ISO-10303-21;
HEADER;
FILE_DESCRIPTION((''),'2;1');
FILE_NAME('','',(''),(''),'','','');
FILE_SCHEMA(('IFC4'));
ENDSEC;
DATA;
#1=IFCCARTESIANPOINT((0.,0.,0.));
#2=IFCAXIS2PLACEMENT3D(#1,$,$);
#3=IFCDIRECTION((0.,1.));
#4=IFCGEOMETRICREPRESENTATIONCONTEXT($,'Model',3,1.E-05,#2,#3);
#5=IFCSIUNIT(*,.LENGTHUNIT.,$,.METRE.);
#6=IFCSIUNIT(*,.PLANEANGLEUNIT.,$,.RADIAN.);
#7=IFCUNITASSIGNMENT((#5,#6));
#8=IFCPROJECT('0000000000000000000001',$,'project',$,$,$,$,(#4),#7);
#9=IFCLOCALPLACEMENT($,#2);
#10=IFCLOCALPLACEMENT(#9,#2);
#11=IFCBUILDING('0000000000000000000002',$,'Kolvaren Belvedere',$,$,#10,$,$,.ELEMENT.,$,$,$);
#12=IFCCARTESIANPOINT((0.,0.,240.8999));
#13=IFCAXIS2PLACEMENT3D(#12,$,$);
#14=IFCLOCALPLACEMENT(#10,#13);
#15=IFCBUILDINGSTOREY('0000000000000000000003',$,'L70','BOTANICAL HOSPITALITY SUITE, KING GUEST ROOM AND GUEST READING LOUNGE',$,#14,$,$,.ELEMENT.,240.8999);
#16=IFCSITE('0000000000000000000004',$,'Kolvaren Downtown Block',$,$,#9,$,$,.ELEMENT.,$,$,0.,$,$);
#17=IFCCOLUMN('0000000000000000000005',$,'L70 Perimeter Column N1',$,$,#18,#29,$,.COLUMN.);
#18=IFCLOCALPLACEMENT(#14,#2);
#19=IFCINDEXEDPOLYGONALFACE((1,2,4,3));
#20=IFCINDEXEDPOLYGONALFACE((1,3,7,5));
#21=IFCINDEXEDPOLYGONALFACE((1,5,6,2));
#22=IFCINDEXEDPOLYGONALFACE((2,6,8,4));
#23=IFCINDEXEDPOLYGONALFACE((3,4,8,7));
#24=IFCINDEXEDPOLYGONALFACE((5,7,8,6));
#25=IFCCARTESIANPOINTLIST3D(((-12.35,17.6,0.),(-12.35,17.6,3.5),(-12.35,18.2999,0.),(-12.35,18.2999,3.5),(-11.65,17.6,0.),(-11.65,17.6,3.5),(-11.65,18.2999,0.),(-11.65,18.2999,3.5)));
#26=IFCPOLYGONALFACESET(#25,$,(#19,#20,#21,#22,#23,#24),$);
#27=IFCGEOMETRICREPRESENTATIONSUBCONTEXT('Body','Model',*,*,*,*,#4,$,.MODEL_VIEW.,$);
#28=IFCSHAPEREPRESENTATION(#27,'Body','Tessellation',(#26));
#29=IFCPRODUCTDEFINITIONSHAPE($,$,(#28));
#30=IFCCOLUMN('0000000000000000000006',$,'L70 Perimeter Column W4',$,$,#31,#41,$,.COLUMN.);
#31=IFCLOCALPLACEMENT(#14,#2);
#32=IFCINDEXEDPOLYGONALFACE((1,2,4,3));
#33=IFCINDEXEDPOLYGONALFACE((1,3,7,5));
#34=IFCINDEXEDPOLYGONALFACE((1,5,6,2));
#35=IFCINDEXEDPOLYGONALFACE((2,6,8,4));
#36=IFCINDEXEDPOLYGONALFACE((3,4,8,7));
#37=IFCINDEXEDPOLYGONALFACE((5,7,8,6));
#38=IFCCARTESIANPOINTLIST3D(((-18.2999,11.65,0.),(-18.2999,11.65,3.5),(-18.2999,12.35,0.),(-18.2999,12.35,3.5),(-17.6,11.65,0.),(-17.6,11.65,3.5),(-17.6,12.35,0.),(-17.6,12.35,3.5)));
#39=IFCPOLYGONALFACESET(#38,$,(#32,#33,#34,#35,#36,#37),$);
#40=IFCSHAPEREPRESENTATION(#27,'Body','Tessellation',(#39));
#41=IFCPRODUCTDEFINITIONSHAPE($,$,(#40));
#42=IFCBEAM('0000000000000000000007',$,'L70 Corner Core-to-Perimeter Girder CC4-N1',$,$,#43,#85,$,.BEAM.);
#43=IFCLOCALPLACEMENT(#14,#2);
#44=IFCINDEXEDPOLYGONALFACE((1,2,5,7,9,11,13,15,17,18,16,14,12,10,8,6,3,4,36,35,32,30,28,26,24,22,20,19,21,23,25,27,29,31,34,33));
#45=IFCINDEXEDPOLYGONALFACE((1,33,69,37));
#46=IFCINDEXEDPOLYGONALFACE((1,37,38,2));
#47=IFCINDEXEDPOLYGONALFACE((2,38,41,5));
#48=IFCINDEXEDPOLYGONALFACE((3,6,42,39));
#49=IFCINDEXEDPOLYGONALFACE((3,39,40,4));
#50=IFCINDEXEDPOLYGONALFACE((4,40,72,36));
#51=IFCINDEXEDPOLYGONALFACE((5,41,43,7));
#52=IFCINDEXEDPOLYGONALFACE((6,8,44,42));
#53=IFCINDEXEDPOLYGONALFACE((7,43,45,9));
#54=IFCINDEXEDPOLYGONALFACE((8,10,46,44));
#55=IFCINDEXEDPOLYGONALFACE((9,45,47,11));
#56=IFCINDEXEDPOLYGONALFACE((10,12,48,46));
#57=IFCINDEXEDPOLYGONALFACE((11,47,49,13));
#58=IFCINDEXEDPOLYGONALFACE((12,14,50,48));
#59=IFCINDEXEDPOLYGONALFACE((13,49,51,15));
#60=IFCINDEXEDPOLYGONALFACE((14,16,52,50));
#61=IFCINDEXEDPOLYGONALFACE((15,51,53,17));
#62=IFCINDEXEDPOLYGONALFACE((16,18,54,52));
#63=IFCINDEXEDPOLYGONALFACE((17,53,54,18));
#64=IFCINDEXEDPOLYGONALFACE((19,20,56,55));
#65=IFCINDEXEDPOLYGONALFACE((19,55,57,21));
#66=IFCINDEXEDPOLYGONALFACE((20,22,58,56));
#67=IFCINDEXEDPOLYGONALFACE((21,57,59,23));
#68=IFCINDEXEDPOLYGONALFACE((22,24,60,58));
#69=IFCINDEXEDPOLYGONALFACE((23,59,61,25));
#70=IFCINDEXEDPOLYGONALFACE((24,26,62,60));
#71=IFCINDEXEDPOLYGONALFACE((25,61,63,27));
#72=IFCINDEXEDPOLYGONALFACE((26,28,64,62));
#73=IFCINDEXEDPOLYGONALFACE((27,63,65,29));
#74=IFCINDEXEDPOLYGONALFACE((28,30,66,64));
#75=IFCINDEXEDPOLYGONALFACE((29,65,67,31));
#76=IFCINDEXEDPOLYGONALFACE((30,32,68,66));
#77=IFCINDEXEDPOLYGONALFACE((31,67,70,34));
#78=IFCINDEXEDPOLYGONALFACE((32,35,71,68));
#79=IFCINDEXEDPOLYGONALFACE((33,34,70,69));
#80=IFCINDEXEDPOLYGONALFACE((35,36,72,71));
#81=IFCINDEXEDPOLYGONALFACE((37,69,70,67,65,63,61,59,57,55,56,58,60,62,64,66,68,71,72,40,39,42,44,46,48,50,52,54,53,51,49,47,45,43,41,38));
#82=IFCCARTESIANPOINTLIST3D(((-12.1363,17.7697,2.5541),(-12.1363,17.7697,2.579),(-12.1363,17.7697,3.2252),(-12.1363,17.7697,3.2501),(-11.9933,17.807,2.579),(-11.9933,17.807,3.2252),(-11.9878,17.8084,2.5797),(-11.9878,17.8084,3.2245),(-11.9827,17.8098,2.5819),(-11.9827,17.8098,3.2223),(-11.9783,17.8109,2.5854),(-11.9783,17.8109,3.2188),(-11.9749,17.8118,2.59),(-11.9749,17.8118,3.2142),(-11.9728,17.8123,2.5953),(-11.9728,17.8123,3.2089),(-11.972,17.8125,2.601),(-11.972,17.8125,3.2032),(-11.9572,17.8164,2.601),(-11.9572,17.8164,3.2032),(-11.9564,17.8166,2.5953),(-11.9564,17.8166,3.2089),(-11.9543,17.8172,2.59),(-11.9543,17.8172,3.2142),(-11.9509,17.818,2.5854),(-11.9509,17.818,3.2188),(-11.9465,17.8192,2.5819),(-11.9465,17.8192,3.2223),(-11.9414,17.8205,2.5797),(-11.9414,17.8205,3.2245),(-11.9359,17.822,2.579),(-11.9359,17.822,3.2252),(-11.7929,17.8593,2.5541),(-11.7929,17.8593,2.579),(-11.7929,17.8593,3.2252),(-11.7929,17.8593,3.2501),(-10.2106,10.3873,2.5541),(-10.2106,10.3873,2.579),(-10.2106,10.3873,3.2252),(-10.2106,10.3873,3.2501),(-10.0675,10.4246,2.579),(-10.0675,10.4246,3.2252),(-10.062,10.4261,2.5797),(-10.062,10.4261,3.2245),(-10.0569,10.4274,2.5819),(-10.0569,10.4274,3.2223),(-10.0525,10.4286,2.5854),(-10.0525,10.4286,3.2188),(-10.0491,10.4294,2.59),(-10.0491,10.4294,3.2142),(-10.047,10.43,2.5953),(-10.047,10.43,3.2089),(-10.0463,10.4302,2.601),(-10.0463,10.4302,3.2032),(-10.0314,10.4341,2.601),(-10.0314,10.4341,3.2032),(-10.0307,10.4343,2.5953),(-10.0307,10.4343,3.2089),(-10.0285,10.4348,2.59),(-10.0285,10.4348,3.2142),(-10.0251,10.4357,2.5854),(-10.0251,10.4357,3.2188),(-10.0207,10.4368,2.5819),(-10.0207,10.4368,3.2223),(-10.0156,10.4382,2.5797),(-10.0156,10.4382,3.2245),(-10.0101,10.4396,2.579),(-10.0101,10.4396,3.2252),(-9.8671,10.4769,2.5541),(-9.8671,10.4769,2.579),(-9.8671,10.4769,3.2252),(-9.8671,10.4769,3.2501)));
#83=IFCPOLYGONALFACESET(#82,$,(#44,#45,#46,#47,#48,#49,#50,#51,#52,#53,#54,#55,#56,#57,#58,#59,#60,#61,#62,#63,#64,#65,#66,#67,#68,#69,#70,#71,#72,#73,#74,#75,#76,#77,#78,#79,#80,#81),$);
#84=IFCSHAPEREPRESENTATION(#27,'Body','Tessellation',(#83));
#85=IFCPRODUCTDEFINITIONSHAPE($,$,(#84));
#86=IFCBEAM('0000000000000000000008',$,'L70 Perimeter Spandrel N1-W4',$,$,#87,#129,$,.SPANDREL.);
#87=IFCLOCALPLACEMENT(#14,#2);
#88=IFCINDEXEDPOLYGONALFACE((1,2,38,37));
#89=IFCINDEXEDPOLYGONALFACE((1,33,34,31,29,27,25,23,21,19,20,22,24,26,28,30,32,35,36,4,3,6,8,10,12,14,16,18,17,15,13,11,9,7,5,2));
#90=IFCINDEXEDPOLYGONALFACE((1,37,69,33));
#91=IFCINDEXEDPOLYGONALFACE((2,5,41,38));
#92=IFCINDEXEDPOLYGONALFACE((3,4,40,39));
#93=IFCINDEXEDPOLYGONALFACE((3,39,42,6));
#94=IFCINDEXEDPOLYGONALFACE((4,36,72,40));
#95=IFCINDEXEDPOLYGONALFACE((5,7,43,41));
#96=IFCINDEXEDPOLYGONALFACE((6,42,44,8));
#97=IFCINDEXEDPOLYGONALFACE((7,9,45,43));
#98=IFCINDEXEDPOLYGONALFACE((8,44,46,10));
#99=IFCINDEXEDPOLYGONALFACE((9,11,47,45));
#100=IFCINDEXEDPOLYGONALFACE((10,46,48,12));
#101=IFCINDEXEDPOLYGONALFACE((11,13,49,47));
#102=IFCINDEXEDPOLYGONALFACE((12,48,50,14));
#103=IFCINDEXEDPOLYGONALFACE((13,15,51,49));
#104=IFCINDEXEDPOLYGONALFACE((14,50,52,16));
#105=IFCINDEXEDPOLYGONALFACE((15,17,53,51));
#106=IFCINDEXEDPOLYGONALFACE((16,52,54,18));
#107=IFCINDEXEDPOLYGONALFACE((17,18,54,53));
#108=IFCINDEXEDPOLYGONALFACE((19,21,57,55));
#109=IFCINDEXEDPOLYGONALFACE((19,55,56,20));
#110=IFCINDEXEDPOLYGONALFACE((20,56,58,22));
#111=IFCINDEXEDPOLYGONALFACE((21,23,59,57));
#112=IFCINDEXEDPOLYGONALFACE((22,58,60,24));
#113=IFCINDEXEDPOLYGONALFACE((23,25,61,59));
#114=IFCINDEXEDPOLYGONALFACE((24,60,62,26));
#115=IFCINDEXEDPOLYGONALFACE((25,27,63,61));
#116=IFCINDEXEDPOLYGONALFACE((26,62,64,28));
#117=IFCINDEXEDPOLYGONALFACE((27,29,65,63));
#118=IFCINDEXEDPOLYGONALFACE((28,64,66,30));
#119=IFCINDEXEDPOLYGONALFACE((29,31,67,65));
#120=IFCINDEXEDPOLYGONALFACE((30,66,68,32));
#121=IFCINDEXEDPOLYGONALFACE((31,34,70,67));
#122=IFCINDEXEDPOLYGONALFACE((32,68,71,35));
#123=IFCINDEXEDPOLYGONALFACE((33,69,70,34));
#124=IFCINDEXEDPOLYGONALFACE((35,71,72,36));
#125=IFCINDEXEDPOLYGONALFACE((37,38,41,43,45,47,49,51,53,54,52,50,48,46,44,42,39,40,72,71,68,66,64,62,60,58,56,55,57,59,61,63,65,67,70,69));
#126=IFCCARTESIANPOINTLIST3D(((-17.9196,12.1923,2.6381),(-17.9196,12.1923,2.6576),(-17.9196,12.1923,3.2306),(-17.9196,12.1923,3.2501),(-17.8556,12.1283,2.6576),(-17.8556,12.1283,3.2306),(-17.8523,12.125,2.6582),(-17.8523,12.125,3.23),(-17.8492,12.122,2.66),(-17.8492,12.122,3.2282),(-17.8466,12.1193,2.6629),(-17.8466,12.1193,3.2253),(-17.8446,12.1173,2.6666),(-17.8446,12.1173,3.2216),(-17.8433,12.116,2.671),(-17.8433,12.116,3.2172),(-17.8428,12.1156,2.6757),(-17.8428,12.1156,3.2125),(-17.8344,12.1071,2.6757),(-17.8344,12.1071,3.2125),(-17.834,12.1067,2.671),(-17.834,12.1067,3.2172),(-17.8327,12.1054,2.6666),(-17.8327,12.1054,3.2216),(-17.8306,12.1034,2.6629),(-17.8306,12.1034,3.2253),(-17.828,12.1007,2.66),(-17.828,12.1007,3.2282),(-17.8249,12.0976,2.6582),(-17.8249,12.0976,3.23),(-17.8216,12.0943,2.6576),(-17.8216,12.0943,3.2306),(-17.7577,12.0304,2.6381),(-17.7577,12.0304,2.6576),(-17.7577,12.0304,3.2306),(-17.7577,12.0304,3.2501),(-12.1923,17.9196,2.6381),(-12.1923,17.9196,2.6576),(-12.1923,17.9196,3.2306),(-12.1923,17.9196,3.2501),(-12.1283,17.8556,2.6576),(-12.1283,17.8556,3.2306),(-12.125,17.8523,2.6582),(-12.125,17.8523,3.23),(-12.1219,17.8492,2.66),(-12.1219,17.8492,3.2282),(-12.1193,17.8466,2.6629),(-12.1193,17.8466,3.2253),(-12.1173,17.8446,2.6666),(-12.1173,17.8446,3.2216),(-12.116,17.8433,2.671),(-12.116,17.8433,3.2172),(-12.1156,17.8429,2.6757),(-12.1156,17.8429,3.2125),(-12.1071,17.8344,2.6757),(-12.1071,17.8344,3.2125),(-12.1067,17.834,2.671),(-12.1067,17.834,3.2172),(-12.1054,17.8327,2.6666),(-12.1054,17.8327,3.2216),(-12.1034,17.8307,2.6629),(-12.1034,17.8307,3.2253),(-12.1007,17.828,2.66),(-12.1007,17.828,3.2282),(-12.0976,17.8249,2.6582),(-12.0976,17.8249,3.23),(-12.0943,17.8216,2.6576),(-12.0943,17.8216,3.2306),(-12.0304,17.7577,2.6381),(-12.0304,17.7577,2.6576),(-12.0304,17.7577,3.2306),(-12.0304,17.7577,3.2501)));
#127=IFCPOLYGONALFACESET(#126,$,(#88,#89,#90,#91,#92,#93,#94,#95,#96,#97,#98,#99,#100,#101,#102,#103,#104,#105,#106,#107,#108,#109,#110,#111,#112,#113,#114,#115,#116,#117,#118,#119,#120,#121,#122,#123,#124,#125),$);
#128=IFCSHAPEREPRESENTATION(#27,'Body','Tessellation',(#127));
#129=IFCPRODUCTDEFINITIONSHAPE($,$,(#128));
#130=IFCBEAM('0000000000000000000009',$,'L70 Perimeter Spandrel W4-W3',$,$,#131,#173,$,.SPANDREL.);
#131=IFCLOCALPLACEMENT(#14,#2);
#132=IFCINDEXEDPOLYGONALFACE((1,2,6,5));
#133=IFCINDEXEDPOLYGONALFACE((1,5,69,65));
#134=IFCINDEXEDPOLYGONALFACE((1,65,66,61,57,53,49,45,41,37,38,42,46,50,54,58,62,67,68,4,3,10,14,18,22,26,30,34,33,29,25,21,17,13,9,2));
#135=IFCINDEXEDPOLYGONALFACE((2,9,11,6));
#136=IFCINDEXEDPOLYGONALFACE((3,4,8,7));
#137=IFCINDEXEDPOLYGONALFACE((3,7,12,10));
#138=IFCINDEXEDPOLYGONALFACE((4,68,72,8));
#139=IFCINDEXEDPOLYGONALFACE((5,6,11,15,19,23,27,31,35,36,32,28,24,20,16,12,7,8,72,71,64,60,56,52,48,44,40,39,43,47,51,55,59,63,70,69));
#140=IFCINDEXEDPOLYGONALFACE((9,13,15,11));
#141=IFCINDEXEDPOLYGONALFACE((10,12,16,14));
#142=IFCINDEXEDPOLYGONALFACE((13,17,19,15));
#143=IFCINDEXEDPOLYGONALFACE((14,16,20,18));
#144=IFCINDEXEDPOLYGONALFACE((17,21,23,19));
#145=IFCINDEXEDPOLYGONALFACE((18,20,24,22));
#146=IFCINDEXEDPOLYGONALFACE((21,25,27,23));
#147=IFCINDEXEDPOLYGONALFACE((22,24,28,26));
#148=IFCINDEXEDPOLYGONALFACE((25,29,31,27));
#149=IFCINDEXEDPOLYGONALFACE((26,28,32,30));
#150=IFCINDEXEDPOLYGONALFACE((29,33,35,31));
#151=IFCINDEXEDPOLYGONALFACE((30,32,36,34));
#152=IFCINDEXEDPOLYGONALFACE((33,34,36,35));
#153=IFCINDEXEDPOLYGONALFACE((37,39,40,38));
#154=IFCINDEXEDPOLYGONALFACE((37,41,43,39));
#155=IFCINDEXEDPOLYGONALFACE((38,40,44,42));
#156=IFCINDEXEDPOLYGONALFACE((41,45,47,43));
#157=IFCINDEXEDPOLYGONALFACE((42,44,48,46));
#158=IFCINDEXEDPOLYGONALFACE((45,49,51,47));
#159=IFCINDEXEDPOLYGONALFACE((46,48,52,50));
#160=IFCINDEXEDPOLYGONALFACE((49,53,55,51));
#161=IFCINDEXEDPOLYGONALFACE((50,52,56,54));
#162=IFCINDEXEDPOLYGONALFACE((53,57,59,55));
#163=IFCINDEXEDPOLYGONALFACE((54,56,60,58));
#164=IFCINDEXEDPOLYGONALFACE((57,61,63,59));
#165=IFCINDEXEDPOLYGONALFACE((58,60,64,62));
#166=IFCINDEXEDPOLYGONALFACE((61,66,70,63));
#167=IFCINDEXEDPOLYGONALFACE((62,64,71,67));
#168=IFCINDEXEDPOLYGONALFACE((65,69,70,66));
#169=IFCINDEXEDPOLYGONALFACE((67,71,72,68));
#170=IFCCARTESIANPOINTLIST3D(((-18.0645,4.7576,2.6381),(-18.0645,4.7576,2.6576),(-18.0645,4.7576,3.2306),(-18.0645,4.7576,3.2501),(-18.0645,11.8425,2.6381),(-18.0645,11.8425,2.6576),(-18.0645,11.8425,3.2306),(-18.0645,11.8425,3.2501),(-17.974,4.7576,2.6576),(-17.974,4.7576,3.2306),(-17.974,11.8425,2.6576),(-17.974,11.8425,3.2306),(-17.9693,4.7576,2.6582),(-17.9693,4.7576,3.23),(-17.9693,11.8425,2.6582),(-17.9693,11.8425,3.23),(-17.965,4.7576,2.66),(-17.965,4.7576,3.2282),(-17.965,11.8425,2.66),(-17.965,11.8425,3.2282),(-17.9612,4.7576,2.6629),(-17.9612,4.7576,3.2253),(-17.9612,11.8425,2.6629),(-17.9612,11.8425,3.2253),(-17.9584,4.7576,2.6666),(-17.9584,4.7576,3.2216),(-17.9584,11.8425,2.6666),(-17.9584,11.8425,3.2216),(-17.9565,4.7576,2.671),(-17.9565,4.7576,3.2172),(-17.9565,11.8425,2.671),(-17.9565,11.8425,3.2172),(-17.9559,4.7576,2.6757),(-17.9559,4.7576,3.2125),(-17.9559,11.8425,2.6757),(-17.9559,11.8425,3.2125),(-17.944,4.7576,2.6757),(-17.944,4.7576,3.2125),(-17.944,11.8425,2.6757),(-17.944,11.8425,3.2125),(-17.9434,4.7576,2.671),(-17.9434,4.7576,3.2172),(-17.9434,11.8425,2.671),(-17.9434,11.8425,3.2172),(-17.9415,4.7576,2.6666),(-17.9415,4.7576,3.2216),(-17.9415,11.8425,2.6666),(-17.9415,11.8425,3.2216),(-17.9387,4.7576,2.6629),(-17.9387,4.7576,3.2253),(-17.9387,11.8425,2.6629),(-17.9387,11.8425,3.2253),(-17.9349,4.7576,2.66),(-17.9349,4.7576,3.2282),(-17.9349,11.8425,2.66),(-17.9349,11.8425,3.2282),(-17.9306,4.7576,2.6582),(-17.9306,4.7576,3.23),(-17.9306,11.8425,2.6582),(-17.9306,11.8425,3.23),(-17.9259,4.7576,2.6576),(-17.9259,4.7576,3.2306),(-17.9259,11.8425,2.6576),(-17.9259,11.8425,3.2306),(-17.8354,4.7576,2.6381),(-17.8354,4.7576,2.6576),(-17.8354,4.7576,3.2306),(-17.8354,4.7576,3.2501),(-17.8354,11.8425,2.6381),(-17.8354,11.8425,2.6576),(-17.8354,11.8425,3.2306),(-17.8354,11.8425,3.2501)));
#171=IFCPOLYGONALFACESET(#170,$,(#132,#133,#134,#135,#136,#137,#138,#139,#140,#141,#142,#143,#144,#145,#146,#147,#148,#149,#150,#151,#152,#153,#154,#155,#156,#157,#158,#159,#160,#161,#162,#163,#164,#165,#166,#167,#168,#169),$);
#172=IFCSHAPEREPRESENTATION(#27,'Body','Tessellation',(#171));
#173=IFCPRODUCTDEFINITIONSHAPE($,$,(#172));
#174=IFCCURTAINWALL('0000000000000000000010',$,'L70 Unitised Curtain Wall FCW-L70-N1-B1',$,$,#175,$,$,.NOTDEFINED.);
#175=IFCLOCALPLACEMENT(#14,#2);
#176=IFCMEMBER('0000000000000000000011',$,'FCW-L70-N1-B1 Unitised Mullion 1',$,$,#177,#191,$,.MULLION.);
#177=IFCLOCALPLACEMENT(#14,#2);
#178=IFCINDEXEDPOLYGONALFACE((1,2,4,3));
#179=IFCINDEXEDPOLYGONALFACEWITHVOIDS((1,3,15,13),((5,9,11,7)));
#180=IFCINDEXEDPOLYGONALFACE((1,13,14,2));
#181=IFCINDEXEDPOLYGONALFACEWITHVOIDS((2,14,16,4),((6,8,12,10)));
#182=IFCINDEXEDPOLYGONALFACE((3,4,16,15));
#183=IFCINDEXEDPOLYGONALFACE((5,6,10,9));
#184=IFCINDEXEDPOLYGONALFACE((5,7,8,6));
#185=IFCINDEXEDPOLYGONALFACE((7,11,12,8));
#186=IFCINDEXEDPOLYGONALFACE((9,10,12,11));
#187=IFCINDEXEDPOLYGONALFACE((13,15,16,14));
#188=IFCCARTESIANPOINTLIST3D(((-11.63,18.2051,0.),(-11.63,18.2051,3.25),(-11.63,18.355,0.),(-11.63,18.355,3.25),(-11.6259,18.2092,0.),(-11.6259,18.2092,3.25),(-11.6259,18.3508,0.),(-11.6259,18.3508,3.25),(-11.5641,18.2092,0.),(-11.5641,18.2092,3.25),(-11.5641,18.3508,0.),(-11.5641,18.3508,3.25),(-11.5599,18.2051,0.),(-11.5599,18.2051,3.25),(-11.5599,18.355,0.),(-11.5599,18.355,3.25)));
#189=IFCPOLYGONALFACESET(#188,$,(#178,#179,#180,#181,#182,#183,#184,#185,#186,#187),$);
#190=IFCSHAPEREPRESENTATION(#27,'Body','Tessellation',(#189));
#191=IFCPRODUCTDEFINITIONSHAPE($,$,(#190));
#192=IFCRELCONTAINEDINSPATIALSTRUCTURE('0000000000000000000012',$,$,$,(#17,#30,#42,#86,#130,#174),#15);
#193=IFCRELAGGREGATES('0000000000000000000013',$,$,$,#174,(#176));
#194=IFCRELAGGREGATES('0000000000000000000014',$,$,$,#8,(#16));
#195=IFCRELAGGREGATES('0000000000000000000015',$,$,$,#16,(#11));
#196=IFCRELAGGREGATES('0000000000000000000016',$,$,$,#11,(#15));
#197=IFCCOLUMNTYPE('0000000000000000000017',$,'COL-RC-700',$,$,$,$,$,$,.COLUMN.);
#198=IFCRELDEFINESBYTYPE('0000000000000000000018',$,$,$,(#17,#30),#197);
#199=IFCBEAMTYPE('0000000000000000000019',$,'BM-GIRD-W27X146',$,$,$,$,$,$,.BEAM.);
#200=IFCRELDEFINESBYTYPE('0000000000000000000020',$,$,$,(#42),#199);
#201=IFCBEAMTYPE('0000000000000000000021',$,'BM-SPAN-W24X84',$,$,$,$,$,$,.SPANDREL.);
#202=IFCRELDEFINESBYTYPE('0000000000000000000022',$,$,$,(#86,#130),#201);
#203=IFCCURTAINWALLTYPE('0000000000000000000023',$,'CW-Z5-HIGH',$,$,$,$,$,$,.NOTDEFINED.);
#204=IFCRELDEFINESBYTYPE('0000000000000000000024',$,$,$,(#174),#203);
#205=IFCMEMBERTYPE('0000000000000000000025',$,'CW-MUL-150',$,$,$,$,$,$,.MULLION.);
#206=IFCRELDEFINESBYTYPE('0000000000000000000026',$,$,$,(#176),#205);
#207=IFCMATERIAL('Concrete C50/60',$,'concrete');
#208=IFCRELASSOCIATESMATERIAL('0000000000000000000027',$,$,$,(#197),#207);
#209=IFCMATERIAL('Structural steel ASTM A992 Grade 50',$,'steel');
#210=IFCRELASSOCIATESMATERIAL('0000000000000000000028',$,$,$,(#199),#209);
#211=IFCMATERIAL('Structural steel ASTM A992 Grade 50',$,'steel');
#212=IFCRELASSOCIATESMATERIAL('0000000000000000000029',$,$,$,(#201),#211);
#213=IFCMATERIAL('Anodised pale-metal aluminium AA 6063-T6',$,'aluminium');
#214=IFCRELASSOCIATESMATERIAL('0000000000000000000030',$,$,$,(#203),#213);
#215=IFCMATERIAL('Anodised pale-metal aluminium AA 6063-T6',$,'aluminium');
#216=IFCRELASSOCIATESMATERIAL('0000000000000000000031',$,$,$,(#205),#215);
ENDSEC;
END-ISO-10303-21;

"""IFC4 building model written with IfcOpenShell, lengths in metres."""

from ifc_helpers import new_model, si_unit, direction, frame, origin, origin_2d, place, context, subcontext, project, spatial, rectangle, hollow_rectangle, i_section, extrude, material, material_profile, profile_set, type_object, element, aggregate, save


model = new_model("IFC4")

# Units and contexts
model_context = context("Model", 3, precision=1e-05, world=origin(), true_north=direction((0.0, 1.0)))
body_context = subcontext(model_context, "Body", "Model", "MODEL_VIEW")
ifc_project = project(units=[si_unit("LENGTHUNIT", "METRE"), si_unit("PLANEANGLEUNIT", "RADIAN")], contexts=[model_context])

# Site, building, storey
site_placement = place(None, origin())
site = spatial("IfcSite", under=ifc_project, at=site_placement, Name="Kolvaren Downtown Block", CompositionType="ELEMENT", RefElevation=0.0)
building_placement = place(site_placement, origin())
building = spatial("IfcBuilding", under=site, at=building_placement, Name="Kolvaren Belvedere", CompositionType="ELEMENT")
storey_placement = place(building_placement, frame((0.0, 0.0, 240.8999)))
storey = spatial("IfcBuildingStorey", under=building, at=storey_placement, Name="L70", Description="BOTANICAL HOSPITALITY SUITE, KING GUEST ROOM AND GUEST READING LOUNGE", CompositionType="ELEMENT", Elevation=240.8999)

# Columns
ifc_material_1 = material(Name="Concrete C50/60", Category="concrete")
ifc_material_profile_1 = material_profile(ifc_material_1, rectangle(XDim=0.7, YDim=0.7, at=origin_2d()), Name="RC 700X700")
ifc_profile_set_1 = profile_set([ifc_material_profile_1], Name="Concrete C50/60")
column_type = type_object("IfcColumnType", Name="COL-RC-700", PredefinedType="COLUMN", material=ifc_profile_set_1)
for number, where, z_axis, x_axis, name in (
    (1, (-12.0, 17.95, 0.0), (0.0, 0.0, 1.0), (1.0, 0.0, 0.0), "L70 Perimeter Column N1"),
    (2, (-17.95, 12.0, 0.0), (0.0, 0.0, 1.0), (1.0, 0.0, 0.0), "L70 Perimeter Column W4"),
):
    element("IfcColumn", number, at=place(storey_placement, frame(where, z_axis=z_axis, x_axis=x_axis)), inside=storey, type_object=column_type, Name=name, PredefinedType="COLUMN", context=body_context, shape_type="SweptSolid", body=[
        extrude(rectangle(XDim=0.7, YDim=0.7, at=origin_2d()), origin(), (0.0, 0.0, 1.0), 3.5),
    ])

# Beams
ifc_material_2 = material(Name="Structural steel ASTM A992 Grade 50", Category="steel")
ifc_material_profile_2 = material_profile(ifc_material_2, i_section(OverallWidth=0.355, OverallDepth=0.696, WebThickness=0.0154, FlangeThickness=0.0249, FilletRadius=0.022, at=origin_2d()), Name="W27X146")
ifc_profile_set_2 = profile_set([ifc_material_profile_2], Name="Structural steel ASTM A992 Grade 50")
beam_type_1 = type_object("IfcBeamType", Name="BM-GIRD-W27X146", PredefinedType="BEAM", material=ifc_profile_set_2)
beam_1_placement = place(storey_placement, frame((-10.0388, 10.4321, 2.9021), z_axis=(-0.252417, 0.967619, 0.0), x_axis=(-0.967619, -0.252417, 0.0)))
element("IfcBeam", 3, at=beam_1_placement, inside=storey, type_object=beam_type_1, Name="L70 Corner Core-to-Perimeter Girder CC4-N1", PredefinedType="BEAM", context=body_context, shape_type="SweptSolid", body=[
    extrude(i_section(OverallWidth=0.355, OverallDepth=0.696, WebThickness=0.0154, FlangeThickness=0.0249, FilletRadius=0.022, at=origin_2d()), origin(), (0.0, 0.0, 1.0), 7.6294),
])
ifc_material_3 = material(Name="Structural steel ASTM A992 Grade 50", Category="steel")
ifc_material_profile_3 = material_profile(ifc_material_3, i_section(OverallWidth=0.229, OverallDepth=0.6121, WebThickness=0.012, FlangeThickness=0.0195, FilletRadius=0.0181, at=origin_2d()), Name="W24X84")
ifc_profile_set_3 = profile_set([ifc_material_profile_3], Name="Structural steel ASTM A992 Grade 50")
beam_type_2 = type_object("IfcBeamType", Name="BM-SPAN-W24X84", PredefinedType="SPANDREL", material=ifc_profile_set_3)
beam_2_placement = place(storey_placement, frame((-12.1113, 17.8386, 2.9441), z_axis=(-0.707107, -0.707107, 0.0), x_axis=(0.707107, -0.707107, 0.0)))
element("IfcBeam", 4, at=beam_2_placement, inside=storey, type_object=beam_type_2, Name="L70 Perimeter Spandrel N1-W4", PredefinedType="SPANDREL", context=body_context, shape_type="SweptSolid", body=[
    extrude(i_section(OverallWidth=0.229, OverallDepth=0.6121, WebThickness=0.012, FlangeThickness=0.0195, FilletRadius=0.0181, at=origin_2d()), origin(), (0.0, 0.0, 1.0), 8.0996),
])
beam_3_placement = place(storey_placement, frame((-17.95, 11.8425, 2.9441), z_axis=(0.0, -1.0, 0.0), x_axis=(1.0, 0.0, 0.0)))
element("IfcBeam", 5, at=beam_3_placement, inside=storey, type_object=beam_type_2, Name="L70 Perimeter Spandrel W4-W3", PredefinedType="SPANDREL", context=body_context, shape_type="SweptSolid", body=[
    extrude(i_section(OverallWidth=0.229, OverallDepth=0.6121, WebThickness=0.012, FlangeThickness=0.0195, FilletRadius=0.0181, at=origin_2d()), origin(), (0.0, 0.0, 1.0), 7.085),
])

# Curtain wall, member
ifc_material_4 = material(Name="Anodised pale-metal aluminium AA 6063-T6", Category="aluminium")
curtain_wall_type = type_object("IfcCurtainWallType", Name="CW-Z5-HIGH", PredefinedType="NOTDEFINED", material=ifc_material_4)
curtain_wall_1_placement = place(storey_placement, origin())
curtain_wall_1 = element("IfcCurtainWall", 6, at=curtain_wall_1_placement, inside=storey, type_object=curtain_wall_type, Name="L70 Unitised Curtain Wall FCW-L70-N1-B1", PredefinedType="NOTDEFINED")
ifc_material_5 = material(Name="Anodised pale-metal aluminium AA 6063-T6", Category="aluminium")
ifc_material_profile_4 = material_profile(ifc_material_5, hollow_rectangle(XDim=0.0701, YDim=0.1499, WallThickness=0.0042, at=origin_2d()), Name="ALU-MUL-150X70")
ifc_profile_set_4 = profile_set([ifc_material_profile_4], Name="Anodised pale-metal aluminium AA 6063-T6")
member_type_1 = type_object("IfcMemberType", Name="CW-MUL-150", PredefinedType="MULLION", material=ifc_profile_set_4)
member_1_placement = place(storey_placement, frame((-11.595, 18.28, 0.0), z_axis=(0.0, 0.0, 1.0), x_axis=(1.0, 0.0, 0.0)))
member_1 = element("IfcMember", 7, at=member_1_placement, type_object=member_type_1, Name="FCW-L70-N1-B1 Unitised Mullion 1", PredefinedType="MULLION", context=body_context, shape_type="SweptSolid", body=[
    extrude(hollow_rectangle(XDim=0.0701, YDim=0.1499, WallThickness=0.0042, at=origin_2d()), origin(), (0.0, 0.0, 1.0), 3.25),
])

aggregate(curtain_wall_1, [member_1])

save(model, "model.ifc")
